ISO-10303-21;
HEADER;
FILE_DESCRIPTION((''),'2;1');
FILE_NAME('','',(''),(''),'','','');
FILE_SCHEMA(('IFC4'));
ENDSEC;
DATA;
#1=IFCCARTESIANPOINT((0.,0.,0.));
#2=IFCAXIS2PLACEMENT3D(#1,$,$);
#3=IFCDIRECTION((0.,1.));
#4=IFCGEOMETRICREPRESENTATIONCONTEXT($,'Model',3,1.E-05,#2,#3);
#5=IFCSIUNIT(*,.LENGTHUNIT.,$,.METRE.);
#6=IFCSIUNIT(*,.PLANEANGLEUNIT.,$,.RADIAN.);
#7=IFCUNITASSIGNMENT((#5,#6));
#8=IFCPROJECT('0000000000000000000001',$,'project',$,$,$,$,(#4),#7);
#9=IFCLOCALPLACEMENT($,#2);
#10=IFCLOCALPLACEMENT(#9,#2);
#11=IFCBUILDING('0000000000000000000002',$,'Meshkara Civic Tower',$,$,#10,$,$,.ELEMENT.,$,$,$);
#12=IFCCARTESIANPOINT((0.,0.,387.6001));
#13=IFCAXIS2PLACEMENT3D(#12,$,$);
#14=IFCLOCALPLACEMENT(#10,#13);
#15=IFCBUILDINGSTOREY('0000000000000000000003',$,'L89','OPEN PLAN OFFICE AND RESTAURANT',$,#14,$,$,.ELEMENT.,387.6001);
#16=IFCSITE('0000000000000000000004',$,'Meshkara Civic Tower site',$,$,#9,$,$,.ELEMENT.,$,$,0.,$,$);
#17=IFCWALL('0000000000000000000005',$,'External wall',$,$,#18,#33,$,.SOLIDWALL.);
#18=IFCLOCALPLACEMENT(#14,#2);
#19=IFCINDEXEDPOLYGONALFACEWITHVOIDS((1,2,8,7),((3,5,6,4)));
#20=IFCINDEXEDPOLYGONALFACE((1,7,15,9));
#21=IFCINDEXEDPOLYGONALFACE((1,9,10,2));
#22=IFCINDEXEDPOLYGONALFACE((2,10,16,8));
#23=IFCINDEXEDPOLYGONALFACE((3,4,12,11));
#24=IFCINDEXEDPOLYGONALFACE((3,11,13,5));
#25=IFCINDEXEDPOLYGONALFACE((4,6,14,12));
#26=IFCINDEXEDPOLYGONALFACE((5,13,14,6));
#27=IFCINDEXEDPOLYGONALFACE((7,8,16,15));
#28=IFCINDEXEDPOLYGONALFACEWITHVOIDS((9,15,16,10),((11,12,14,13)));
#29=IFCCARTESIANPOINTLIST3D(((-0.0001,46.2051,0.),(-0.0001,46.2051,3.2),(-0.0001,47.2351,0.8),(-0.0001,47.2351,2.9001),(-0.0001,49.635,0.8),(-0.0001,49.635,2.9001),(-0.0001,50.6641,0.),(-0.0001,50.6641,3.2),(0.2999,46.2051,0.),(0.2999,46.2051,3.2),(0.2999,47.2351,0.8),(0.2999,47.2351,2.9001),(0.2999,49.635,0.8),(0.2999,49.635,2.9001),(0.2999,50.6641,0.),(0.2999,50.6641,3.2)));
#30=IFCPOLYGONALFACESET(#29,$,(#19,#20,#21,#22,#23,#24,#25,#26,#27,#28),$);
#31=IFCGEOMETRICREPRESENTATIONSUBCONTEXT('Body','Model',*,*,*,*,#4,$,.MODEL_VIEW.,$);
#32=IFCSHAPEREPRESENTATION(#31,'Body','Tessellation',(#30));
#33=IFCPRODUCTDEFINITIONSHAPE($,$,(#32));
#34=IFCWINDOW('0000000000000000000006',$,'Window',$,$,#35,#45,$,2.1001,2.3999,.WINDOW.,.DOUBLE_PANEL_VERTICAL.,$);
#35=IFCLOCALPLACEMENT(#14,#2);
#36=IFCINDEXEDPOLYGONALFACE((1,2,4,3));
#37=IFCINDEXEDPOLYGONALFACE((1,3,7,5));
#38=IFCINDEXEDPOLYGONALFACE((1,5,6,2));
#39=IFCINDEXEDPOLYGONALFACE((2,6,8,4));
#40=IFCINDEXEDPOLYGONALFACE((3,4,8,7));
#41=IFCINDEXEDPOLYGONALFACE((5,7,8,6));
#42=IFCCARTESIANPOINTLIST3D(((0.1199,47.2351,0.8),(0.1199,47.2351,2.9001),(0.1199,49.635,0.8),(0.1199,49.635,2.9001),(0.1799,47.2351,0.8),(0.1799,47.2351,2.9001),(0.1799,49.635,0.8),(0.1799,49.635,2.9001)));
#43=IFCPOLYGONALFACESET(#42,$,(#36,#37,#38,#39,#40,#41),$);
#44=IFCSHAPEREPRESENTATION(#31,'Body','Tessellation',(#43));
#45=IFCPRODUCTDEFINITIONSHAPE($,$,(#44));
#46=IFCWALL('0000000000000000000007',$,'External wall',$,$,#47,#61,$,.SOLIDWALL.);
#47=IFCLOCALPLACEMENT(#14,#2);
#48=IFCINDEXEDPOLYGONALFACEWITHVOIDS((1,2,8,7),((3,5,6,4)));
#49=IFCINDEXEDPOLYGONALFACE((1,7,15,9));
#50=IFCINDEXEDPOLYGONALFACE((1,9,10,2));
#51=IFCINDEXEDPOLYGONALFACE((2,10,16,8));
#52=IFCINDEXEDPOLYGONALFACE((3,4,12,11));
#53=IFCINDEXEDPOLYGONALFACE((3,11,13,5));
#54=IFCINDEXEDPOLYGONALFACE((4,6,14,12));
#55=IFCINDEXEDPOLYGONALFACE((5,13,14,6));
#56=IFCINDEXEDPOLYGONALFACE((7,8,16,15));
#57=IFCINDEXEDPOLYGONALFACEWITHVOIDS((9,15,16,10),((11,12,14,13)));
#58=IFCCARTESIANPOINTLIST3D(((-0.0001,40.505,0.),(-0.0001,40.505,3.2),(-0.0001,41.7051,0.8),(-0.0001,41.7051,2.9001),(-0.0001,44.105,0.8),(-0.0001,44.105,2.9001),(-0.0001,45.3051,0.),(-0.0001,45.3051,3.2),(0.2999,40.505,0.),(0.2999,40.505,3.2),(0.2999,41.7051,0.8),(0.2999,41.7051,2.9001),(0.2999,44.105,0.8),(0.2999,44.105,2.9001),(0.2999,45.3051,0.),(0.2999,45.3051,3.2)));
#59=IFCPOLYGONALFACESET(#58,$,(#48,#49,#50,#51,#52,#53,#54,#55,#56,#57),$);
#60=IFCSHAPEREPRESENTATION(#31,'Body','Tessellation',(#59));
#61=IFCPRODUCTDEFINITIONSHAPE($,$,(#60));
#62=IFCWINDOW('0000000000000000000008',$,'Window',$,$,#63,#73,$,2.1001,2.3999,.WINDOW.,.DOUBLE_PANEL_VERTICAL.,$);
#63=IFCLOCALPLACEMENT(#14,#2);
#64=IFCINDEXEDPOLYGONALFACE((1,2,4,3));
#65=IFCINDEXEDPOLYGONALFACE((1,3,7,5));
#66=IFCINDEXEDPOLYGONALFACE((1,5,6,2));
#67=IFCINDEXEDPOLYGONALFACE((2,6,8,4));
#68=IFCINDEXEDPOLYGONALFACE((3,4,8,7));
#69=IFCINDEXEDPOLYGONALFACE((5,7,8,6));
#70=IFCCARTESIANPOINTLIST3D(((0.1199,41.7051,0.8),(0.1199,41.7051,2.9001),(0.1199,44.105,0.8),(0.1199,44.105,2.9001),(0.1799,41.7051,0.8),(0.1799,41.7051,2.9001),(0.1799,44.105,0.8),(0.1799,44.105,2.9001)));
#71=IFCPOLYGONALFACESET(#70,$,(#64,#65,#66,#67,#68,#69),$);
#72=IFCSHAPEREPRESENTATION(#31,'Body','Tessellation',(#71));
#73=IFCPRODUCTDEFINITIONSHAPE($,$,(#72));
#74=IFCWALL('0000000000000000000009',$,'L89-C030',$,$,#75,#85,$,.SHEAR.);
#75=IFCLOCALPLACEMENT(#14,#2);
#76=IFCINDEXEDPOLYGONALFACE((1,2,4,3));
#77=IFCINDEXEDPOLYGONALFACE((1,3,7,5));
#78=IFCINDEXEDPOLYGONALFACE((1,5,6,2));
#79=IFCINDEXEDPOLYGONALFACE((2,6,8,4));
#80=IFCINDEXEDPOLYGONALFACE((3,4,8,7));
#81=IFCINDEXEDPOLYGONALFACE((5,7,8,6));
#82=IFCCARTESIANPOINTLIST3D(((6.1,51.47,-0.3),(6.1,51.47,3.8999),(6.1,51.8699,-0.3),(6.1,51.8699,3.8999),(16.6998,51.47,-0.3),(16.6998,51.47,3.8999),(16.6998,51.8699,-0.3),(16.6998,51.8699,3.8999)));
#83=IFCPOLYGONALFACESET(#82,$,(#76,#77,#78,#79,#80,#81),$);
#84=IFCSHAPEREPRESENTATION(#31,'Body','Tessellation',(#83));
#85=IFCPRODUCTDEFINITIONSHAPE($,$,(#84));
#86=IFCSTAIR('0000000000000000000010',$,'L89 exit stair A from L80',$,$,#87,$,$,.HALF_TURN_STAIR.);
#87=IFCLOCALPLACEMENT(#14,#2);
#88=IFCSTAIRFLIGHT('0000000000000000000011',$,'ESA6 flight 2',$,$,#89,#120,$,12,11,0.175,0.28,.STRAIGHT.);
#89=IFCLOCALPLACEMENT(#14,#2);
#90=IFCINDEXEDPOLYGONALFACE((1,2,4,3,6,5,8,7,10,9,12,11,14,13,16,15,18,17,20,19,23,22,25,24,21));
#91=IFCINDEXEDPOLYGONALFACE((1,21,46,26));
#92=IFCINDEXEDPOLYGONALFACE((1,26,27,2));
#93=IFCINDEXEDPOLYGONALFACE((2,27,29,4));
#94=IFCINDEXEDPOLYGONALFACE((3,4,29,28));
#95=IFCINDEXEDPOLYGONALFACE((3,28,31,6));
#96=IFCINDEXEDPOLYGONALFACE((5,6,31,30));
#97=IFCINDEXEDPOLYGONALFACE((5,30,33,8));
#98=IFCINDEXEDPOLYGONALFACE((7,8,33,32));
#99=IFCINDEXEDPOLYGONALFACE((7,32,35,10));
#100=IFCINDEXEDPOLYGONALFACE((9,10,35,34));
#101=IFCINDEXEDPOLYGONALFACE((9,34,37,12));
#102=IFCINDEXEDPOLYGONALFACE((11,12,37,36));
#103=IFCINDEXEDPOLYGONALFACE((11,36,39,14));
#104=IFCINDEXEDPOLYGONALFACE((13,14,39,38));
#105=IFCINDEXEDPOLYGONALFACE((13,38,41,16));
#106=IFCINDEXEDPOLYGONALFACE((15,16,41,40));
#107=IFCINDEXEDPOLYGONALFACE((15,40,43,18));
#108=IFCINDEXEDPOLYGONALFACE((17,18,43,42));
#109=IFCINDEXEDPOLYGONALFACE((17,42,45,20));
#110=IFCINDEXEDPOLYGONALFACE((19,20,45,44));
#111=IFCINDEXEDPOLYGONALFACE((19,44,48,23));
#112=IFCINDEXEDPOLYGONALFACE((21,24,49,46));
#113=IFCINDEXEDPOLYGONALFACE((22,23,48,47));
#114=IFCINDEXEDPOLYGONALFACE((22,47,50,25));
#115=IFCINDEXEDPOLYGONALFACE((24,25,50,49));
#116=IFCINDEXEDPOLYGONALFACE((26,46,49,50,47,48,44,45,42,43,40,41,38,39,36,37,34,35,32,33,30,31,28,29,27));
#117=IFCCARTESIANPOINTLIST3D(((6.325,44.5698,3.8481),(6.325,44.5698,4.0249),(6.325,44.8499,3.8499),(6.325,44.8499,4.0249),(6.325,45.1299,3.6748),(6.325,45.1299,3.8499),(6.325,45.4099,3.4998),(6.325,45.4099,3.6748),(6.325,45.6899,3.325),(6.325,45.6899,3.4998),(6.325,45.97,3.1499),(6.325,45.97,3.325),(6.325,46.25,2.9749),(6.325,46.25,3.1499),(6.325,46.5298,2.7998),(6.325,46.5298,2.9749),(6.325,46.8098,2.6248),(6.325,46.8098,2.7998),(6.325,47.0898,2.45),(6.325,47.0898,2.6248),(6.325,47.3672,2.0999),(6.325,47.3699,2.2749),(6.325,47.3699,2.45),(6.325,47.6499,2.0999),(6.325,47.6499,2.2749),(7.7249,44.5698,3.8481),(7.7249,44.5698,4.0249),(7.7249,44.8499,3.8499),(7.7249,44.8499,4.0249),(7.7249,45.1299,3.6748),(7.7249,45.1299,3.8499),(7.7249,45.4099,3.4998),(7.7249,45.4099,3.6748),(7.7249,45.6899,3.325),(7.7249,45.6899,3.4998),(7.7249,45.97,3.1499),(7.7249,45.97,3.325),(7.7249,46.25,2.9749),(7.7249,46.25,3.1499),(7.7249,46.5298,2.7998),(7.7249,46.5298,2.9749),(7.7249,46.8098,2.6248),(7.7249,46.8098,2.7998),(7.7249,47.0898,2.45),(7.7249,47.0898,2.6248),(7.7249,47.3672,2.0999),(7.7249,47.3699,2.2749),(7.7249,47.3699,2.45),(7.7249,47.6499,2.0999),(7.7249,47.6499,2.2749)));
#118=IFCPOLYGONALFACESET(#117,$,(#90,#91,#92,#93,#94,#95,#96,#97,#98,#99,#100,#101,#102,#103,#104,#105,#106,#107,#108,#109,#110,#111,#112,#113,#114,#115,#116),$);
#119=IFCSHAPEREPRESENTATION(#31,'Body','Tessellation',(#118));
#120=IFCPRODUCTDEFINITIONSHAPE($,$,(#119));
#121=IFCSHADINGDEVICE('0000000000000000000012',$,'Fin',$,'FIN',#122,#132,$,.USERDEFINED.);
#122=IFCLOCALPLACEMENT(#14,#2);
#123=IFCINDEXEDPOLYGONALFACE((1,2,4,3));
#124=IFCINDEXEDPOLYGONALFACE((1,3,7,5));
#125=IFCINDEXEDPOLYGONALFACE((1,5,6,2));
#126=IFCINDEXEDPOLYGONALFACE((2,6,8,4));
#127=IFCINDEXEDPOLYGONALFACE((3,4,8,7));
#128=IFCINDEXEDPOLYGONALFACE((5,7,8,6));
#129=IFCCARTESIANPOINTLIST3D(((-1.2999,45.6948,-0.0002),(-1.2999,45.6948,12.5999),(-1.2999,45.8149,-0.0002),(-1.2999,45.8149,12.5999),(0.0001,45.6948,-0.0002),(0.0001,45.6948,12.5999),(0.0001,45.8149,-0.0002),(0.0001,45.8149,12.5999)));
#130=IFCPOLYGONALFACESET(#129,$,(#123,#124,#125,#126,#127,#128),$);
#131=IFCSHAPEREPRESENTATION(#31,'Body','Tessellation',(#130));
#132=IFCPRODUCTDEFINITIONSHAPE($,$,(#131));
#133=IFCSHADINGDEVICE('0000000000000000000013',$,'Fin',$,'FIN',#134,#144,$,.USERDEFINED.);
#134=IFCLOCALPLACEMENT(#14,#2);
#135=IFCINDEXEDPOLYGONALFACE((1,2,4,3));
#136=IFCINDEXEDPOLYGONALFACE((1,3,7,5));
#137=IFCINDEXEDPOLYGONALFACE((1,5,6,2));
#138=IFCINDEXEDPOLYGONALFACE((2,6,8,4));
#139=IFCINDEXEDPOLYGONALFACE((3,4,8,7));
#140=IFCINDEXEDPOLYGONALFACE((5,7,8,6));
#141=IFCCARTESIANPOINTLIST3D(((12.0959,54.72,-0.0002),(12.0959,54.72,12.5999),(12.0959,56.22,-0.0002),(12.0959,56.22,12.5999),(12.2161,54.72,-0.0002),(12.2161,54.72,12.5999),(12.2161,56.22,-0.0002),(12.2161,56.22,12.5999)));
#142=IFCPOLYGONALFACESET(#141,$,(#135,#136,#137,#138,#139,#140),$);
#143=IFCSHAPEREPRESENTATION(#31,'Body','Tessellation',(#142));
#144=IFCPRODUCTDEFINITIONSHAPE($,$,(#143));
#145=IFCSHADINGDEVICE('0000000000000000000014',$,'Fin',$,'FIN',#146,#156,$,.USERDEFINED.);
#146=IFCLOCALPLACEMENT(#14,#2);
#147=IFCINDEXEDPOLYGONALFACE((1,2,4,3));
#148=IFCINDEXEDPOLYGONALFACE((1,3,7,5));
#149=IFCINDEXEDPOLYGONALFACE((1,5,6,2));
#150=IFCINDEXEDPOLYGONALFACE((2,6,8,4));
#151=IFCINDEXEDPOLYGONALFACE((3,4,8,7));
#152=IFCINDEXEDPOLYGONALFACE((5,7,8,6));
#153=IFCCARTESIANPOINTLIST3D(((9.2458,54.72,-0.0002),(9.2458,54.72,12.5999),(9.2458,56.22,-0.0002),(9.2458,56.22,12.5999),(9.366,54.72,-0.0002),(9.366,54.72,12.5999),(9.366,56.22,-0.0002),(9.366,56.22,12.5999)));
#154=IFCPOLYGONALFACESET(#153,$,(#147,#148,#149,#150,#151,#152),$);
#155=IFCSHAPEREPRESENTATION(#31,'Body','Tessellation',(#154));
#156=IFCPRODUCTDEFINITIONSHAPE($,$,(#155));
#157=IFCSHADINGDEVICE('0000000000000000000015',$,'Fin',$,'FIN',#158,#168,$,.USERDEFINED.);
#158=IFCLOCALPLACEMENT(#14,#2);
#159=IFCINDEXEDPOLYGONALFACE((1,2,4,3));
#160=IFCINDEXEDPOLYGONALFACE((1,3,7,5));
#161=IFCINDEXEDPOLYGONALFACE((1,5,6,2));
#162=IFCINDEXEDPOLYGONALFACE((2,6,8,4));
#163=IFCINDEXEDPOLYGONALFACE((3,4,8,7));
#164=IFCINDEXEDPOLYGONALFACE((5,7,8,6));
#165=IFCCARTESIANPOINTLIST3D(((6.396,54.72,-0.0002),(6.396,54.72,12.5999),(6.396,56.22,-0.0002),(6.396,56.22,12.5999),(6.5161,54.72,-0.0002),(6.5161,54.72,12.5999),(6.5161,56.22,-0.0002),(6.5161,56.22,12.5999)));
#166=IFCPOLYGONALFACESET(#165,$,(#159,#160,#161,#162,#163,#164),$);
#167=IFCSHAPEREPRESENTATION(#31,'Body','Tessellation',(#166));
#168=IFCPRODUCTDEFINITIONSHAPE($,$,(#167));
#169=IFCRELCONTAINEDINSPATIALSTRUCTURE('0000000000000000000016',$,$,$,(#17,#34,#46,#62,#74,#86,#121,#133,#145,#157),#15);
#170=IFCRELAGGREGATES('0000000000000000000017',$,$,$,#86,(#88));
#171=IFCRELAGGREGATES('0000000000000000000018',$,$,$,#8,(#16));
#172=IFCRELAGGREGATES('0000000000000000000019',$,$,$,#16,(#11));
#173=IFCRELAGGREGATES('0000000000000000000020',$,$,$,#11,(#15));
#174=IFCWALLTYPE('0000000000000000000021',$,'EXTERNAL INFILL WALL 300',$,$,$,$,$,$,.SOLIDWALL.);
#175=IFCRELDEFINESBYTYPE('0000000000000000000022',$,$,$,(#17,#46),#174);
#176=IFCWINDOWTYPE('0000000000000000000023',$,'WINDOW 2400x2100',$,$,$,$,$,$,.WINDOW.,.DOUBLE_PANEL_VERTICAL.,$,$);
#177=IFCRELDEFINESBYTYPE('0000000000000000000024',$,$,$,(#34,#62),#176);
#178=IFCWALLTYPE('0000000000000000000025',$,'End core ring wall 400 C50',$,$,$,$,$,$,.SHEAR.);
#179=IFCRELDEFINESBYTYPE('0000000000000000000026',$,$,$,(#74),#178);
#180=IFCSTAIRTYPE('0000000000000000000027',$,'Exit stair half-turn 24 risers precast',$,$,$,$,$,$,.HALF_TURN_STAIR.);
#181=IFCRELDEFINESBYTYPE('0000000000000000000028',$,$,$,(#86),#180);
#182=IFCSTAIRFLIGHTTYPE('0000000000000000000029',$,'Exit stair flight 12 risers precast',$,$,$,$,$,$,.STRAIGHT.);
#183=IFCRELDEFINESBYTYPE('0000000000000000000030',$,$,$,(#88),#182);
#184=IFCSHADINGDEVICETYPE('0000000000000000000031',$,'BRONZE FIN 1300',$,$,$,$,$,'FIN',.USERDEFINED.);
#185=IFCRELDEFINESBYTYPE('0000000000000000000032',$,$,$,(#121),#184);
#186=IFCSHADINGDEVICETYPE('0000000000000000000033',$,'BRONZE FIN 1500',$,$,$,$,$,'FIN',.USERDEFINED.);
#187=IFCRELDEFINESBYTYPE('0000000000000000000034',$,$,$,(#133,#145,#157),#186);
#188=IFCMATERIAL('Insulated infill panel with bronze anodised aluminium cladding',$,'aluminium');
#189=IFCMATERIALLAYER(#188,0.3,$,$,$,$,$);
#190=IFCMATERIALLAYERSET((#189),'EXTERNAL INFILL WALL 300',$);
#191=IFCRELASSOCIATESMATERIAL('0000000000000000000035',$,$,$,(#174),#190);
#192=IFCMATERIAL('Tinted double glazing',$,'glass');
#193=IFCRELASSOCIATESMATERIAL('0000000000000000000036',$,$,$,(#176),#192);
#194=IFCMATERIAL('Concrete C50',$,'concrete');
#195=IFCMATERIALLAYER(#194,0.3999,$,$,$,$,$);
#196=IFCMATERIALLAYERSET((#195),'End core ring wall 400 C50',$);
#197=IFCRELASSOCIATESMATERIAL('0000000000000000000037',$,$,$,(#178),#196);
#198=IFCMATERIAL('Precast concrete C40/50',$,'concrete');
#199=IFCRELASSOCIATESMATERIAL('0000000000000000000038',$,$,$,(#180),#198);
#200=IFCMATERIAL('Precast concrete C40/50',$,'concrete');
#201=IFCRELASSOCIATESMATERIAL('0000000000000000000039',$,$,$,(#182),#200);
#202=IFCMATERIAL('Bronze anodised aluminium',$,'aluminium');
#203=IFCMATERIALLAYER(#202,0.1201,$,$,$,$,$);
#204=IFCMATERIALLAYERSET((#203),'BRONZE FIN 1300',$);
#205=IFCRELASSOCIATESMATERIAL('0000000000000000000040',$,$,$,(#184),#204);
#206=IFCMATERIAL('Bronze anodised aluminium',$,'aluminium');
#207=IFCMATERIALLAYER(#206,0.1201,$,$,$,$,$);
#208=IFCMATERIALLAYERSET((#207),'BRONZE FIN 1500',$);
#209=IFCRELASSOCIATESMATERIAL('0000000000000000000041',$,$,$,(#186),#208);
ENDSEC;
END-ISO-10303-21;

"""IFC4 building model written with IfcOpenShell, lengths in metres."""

from ifc_helpers import new_model, si_unit, direction, frame, frame_2d, origin, origin_2d, place, context, subcontext, project, spatial, polyline, rectangle, outline, extrude, material, layer, layer_set, type_object, element, fill, aggregate, save


model = new_model("IFC4")

# Units and contexts
model_context = context("Model", 3, precision=1e-05, world=origin(), true_north=direction((0.0, 1.0)))
body_context = subcontext(model_context, "Body", "Model", "MODEL_VIEW")
ifc_project = project(units=[si_unit("LENGTHUNIT", "METRE"), si_unit("PLANEANGLEUNIT", "RADIAN")], contexts=[model_context])

# Site, building, storey
site_placement = place(None, origin())
site = spatial("IfcSite", under=ifc_project, at=site_placement, Name="Meshkara Civic Tower site", CompositionType="ELEMENT", RefElevation=0.0)
building_placement = place(site_placement, origin())
building = spatial("IfcBuilding", under=site, at=building_placement, Name="Meshkara Civic Tower", CompositionType="ELEMENT")
storey_placement = place(building_placement, frame((0.0, 0.0, 387.6001)))
storey = spatial("IfcBuildingStorey", under=building, at=storey_placement, Name="L89", Description="OPEN PLAN OFFICE AND RESTAURANT", CompositionType="ELEMENT", Elevation=387.6001)

# Walls, openings, windows
ifc_material_1 = material(Name="Insulated infill panel with bronze anodised aluminium cladding", Category="aluminium")
ifc_layer_1 = layer(ifc_material_1, 0.3)
ifc_layer_set_1 = layer_set([ifc_layer_1], Name="EXTERNAL INFILL WALL 300")
wall_type_1 = type_object("IfcWallType", Name="EXTERNAL INFILL WALL 300", PredefinedType="SOLIDWALL", material=ifc_layer_set_1)
ifc_material_2 = material(Name="Tinted double glazing", Category="glass")
window_type = type_object("IfcWindowType", Name="WINDOW 2400x2100", PartitioningType="DOUBLE_PANEL_VERTICAL", PredefinedType="WINDOW", material=ifc_material_2)
wall_1_placement = place(storey_placement, frame((0.1499, 50.6641, 0.0), z_axis=(0.0, 0.0, 1.0), x_axis=(0.0, -1.0, 0.0)))
wall_1 = element("IfcWall", 1, at=wall_1_placement, inside=storey, type_object=wall_type_1, Name="External wall", PredefinedType="SOLIDWALL", context=body_context, shape_type="SweptSolid", body=[
    extrude(rectangle(XDim=4.459, YDim=0.3, at=frame_2d((2.2295, 0.0))), origin(), (0.0, 0.0, 1.0), 3.2),
])
opening_1_placement = place(wall_1_placement, frame((1.0291, 0.0, 0.8)))
opening_1 = element("IfcOpeningElement", 2, at=opening_1_placement, cuts=wall_1, PredefinedType="OPENING", context=body_context, shape_type="SweptSolid", body=[
    extrude(rectangle(XDim=2.3999, YDim=2.1001, at=frame_2d((1.2, 1.05))), frame((0.0, 0.1599, 0.0), z_axis=(0.0, -1.0, 0.0), x_axis=(1.0, 0.0, 0.0)), (0.0, 0.0, 1.0), 0.3201),
])
window_1_placement = place(opening_1_placement, origin())
window_1 = element("IfcWindow", 3, at=window_1_placement, inside=storey, type_object=window_type, Name="Window", OverallHeight=2.1001, OverallWidth=2.3999, PartitioningType="DOUBLE_PANEL_VERTICAL", PredefinedType="WINDOW", context=body_context, shape_type="SweptSolid", body=[
    extrude(rectangle(XDim=2.3999, YDim=2.1001, at=frame_2d((1.2, 1.05))), frame((0.0, 0.03, 0.0), z_axis=(0.0, -1.0, 0.0), x_axis=(1.0, 0.0, 0.0)), (0.0, 0.0, 1.0), 0.0601),
])
fill(opening_1, window_1)
wall_2_placement = place(storey_placement, frame((0.1499, 45.3049, 0.0), z_axis=(0.0, 0.0, 1.0), x_axis=(0.0, -1.0, 0.0)))
wall_2 = element("IfcWall", 4, at=wall_2_placement, inside=storey, type_object=wall_type_1, Name="External wall", PredefinedType="SOLIDWALL", context=body_context, shape_type="SweptSolid", body=[
    extrude(rectangle(XDim=4.8, YDim=0.3, at=frame_2d((2.3999, 0.0))), origin(), (0.0, 0.0, 1.0), 3.2),
])
opening_2_placement = place(wall_2_placement, frame((1.2, 0.0, 0.8)))
opening_2 = element("IfcOpeningElement", 5, at=opening_2_placement, cuts=wall_2, PredefinedType="OPENING", context=body_context, shape_type="SweptSolid", body=[
    extrude(rectangle(XDim=2.3999, YDim=2.1001, at=frame_2d((1.2, 1.05))), frame((0.0, 0.1599, 0.0), z_axis=(0.0, -1.0, 0.0), x_axis=(1.0, 0.0, 0.0)), (0.0, 0.0, 1.0), 0.3201),
])
window_2_placement = place(opening_2_placement, origin())
window_2 = element("IfcWindow", 6, at=window_2_placement, inside=storey, type_object=window_type, Name="Window", OverallHeight=2.1001, OverallWidth=2.3999, PartitioningType="DOUBLE_PANEL_VERTICAL", PredefinedType="WINDOW", context=body_context, shape_type="SweptSolid", body=[
    extrude(rectangle(XDim=2.3999, YDim=2.1001, at=frame_2d((1.2, 1.05))), frame((0.0, 0.03, 0.0), z_axis=(0.0, -1.0, 0.0), x_axis=(1.0, 0.0, 0.0)), (0.0, 0.0, 1.0), 0.0601),
])
fill(opening_2, window_2)

# Wall
ifc_material_3 = material(Name="Concrete C50", Category="concrete")
ifc_layer_2 = layer(ifc_material_3, 0.3999)
ifc_layer_set_2 = layer_set([ifc_layer_2], Name="End core ring wall 400 C50")
wall_type_2 = type_object("IfcWallType", Name="End core ring wall 400 C50", PredefinedType="SHEAR", material=ifc_layer_set_2)
wall_3_placement = place(storey_placement, frame((6.1001, 51.6699, -0.3), z_axis=(0.0, 0.0, 1.0), x_axis=(1.0, 0.0, 0.0)))
element("IfcWall", 7, at=wall_3_placement, inside=storey, type_object=wall_type_2, Name="L89-C030", PredefinedType="SHEAR", context=body_context, shape_type="SweptSolid", body=[
    extrude(rectangle(XDim=10.5999, YDim=0.3999, at=frame_2d((5.2998, 0.0))), origin(), (0.0, 0.0, 1.0), 4.2),
])

# Stair, stair flight
ifc_material_4 = material(Name="Precast concrete C40/50", Category="concrete")
stair_type = type_object("IfcStairType", Name="Exit stair half-turn 24 risers precast", PredefinedType="HALF_TURN_STAIR", material=ifc_material_4)
stair_placement = place(storey_placement, origin())
stair = element("IfcStair", 8, at=stair_placement, inside=storey, type_object=stair_type, Name="L89 exit stair A from L80", PredefinedType="HALF_TURN_STAIR")
ifc_material_5 = material(Name="Precast concrete C40/50", Category="concrete")
stair_flight_type = type_object("IfcStairFlightType", Name="Exit stair flight 12 risers precast", PredefinedType="STRAIGHT", material=ifc_material_5)
stair_flight_placement = place(storey_placement, frame((7.0249, 47.6499, 2.0999), z_axis=(0.0, 0.0, 1.0), x_axis=(0.0, -1.0, 0.0)))
stair_flight = element("IfcStairFlight", 9, at=stair_flight_placement, type_object=stair_flight_type, Name="ESA6 flight 2", NumberOfRisers=12, NumberOfTreads=11, PredefinedType="STRAIGHT", RiserHeight=0.175, TreadLength=0.28, context=body_context, shape_type="SweptSolid", body=[
    extrude(outline(polyline([(0.0, 0.0), (0.0, 0.175), (0.28, 0.175), (0.28, 0.3501), (0.5601, 0.3501), (0.5601, 0.5249), (0.8401, 0.5249), (0.8401, 0.7), (1.1201, 0.7), (1.1201, 0.875), (1.3999, 0.875), (1.3999, 1.05), (1.6799, 1.05), (1.6799, 1.2251), (1.96, 1.2251), (1.96, 1.3999), (2.24, 1.3999), (2.24, 1.575), (2.52, 1.575), (2.52, 1.75), (2.8, 1.75), (2.8, 1.925), (3.0801, 1.925), (3.0801, 2.1001), (3.0801, 1.7483), (0.2827, 0.0), (0.0, 0.0)])), frame((0.0, 0.7, 0.0), z_axis=(0.0, -1.0, 0.0), x_axis=(1.0, 0.0, 0.0)), (0.0, 0.0, 1.0), 1.3999),
])
aggregate(stair, [stair_flight])

# Shading devices
ifc_material_6 = material(Name="Bronze anodised aluminium", Category="aluminium")
ifc_layer_3 = layer(ifc_material_6, 0.1201)
ifc_layer_set_3 = layer_set([ifc_layer_3], Name="BRONZE FIN 1300")
shading_device_type_1 = type_object("IfcShadingDeviceType", Name="BRONZE FIN 1300", ElementType="FIN", PredefinedType="USERDEFINED", material=ifc_layer_set_3)
shading_device_placement = place(storey_placement, frame((-0.6499, 45.7549, -0.0002), z_axis=(0.0, 0.0, 1.0), x_axis=(0.0, -1.0, 0.0)))
element("IfcShadingDevice", 10, at=shading_device_placement, inside=storey, type_object=shading_device_type_1, Name="Fin", ObjectType="FIN", PredefinedType="USERDEFINED", context=body_context, shape_type="SweptSolid", body=[
    extrude(rectangle(XDim=0.1201, YDim=1.3, at=origin_2d()), origin(), (0.0, 0.0, 1.0), 12.6001),
])
ifc_material_7 = material(Name="Bronze anodised aluminium", Category="aluminium")
ifc_layer_4 = layer(ifc_material_7, 0.1201)
ifc_layer_set_4 = layer_set([ifc_layer_4], Name="BRONZE FIN 1500")
shading_device_type_2 = type_object("IfcShadingDeviceType", Name="BRONZE FIN 1500", ElementType="FIN", PredefinedType="USERDEFINED", material=ifc_layer_set_4)
for number, where, z_axis, x_axis, name in (
    (11, (12.156, 55.47, -0.0002), (0.0, 0.0, 1.0), (-1.0, 0.0, 0.0), "Fin"),
    (12, (9.3059, 55.47, -0.0002), (0.0, 0.0, 1.0), (-1.0, 0.0, 0.0), "Fin"),
    (13, (6.4561, 55.47, -0.0002), (0.0, 0.0, 1.0), (-1.0, 0.0, 0.0), "Fin"),
):
    element("IfcShadingDevice", number, at=place(storey_placement, frame(where, z_axis=z_axis, x_axis=x_axis)), inside=storey, type_object=shading_device_type_2, Name=name, ObjectType="FIN", PredefinedType="USERDEFINED", context=body_context, shape_type="SweptSolid", body=[
        extrude(rectangle(XDim=0.1201, YDim=1.5, at=origin_2d()), origin(), (0.0, 0.0, 1.0), 12.6001),
    ])

save(model, "model.ifc")
